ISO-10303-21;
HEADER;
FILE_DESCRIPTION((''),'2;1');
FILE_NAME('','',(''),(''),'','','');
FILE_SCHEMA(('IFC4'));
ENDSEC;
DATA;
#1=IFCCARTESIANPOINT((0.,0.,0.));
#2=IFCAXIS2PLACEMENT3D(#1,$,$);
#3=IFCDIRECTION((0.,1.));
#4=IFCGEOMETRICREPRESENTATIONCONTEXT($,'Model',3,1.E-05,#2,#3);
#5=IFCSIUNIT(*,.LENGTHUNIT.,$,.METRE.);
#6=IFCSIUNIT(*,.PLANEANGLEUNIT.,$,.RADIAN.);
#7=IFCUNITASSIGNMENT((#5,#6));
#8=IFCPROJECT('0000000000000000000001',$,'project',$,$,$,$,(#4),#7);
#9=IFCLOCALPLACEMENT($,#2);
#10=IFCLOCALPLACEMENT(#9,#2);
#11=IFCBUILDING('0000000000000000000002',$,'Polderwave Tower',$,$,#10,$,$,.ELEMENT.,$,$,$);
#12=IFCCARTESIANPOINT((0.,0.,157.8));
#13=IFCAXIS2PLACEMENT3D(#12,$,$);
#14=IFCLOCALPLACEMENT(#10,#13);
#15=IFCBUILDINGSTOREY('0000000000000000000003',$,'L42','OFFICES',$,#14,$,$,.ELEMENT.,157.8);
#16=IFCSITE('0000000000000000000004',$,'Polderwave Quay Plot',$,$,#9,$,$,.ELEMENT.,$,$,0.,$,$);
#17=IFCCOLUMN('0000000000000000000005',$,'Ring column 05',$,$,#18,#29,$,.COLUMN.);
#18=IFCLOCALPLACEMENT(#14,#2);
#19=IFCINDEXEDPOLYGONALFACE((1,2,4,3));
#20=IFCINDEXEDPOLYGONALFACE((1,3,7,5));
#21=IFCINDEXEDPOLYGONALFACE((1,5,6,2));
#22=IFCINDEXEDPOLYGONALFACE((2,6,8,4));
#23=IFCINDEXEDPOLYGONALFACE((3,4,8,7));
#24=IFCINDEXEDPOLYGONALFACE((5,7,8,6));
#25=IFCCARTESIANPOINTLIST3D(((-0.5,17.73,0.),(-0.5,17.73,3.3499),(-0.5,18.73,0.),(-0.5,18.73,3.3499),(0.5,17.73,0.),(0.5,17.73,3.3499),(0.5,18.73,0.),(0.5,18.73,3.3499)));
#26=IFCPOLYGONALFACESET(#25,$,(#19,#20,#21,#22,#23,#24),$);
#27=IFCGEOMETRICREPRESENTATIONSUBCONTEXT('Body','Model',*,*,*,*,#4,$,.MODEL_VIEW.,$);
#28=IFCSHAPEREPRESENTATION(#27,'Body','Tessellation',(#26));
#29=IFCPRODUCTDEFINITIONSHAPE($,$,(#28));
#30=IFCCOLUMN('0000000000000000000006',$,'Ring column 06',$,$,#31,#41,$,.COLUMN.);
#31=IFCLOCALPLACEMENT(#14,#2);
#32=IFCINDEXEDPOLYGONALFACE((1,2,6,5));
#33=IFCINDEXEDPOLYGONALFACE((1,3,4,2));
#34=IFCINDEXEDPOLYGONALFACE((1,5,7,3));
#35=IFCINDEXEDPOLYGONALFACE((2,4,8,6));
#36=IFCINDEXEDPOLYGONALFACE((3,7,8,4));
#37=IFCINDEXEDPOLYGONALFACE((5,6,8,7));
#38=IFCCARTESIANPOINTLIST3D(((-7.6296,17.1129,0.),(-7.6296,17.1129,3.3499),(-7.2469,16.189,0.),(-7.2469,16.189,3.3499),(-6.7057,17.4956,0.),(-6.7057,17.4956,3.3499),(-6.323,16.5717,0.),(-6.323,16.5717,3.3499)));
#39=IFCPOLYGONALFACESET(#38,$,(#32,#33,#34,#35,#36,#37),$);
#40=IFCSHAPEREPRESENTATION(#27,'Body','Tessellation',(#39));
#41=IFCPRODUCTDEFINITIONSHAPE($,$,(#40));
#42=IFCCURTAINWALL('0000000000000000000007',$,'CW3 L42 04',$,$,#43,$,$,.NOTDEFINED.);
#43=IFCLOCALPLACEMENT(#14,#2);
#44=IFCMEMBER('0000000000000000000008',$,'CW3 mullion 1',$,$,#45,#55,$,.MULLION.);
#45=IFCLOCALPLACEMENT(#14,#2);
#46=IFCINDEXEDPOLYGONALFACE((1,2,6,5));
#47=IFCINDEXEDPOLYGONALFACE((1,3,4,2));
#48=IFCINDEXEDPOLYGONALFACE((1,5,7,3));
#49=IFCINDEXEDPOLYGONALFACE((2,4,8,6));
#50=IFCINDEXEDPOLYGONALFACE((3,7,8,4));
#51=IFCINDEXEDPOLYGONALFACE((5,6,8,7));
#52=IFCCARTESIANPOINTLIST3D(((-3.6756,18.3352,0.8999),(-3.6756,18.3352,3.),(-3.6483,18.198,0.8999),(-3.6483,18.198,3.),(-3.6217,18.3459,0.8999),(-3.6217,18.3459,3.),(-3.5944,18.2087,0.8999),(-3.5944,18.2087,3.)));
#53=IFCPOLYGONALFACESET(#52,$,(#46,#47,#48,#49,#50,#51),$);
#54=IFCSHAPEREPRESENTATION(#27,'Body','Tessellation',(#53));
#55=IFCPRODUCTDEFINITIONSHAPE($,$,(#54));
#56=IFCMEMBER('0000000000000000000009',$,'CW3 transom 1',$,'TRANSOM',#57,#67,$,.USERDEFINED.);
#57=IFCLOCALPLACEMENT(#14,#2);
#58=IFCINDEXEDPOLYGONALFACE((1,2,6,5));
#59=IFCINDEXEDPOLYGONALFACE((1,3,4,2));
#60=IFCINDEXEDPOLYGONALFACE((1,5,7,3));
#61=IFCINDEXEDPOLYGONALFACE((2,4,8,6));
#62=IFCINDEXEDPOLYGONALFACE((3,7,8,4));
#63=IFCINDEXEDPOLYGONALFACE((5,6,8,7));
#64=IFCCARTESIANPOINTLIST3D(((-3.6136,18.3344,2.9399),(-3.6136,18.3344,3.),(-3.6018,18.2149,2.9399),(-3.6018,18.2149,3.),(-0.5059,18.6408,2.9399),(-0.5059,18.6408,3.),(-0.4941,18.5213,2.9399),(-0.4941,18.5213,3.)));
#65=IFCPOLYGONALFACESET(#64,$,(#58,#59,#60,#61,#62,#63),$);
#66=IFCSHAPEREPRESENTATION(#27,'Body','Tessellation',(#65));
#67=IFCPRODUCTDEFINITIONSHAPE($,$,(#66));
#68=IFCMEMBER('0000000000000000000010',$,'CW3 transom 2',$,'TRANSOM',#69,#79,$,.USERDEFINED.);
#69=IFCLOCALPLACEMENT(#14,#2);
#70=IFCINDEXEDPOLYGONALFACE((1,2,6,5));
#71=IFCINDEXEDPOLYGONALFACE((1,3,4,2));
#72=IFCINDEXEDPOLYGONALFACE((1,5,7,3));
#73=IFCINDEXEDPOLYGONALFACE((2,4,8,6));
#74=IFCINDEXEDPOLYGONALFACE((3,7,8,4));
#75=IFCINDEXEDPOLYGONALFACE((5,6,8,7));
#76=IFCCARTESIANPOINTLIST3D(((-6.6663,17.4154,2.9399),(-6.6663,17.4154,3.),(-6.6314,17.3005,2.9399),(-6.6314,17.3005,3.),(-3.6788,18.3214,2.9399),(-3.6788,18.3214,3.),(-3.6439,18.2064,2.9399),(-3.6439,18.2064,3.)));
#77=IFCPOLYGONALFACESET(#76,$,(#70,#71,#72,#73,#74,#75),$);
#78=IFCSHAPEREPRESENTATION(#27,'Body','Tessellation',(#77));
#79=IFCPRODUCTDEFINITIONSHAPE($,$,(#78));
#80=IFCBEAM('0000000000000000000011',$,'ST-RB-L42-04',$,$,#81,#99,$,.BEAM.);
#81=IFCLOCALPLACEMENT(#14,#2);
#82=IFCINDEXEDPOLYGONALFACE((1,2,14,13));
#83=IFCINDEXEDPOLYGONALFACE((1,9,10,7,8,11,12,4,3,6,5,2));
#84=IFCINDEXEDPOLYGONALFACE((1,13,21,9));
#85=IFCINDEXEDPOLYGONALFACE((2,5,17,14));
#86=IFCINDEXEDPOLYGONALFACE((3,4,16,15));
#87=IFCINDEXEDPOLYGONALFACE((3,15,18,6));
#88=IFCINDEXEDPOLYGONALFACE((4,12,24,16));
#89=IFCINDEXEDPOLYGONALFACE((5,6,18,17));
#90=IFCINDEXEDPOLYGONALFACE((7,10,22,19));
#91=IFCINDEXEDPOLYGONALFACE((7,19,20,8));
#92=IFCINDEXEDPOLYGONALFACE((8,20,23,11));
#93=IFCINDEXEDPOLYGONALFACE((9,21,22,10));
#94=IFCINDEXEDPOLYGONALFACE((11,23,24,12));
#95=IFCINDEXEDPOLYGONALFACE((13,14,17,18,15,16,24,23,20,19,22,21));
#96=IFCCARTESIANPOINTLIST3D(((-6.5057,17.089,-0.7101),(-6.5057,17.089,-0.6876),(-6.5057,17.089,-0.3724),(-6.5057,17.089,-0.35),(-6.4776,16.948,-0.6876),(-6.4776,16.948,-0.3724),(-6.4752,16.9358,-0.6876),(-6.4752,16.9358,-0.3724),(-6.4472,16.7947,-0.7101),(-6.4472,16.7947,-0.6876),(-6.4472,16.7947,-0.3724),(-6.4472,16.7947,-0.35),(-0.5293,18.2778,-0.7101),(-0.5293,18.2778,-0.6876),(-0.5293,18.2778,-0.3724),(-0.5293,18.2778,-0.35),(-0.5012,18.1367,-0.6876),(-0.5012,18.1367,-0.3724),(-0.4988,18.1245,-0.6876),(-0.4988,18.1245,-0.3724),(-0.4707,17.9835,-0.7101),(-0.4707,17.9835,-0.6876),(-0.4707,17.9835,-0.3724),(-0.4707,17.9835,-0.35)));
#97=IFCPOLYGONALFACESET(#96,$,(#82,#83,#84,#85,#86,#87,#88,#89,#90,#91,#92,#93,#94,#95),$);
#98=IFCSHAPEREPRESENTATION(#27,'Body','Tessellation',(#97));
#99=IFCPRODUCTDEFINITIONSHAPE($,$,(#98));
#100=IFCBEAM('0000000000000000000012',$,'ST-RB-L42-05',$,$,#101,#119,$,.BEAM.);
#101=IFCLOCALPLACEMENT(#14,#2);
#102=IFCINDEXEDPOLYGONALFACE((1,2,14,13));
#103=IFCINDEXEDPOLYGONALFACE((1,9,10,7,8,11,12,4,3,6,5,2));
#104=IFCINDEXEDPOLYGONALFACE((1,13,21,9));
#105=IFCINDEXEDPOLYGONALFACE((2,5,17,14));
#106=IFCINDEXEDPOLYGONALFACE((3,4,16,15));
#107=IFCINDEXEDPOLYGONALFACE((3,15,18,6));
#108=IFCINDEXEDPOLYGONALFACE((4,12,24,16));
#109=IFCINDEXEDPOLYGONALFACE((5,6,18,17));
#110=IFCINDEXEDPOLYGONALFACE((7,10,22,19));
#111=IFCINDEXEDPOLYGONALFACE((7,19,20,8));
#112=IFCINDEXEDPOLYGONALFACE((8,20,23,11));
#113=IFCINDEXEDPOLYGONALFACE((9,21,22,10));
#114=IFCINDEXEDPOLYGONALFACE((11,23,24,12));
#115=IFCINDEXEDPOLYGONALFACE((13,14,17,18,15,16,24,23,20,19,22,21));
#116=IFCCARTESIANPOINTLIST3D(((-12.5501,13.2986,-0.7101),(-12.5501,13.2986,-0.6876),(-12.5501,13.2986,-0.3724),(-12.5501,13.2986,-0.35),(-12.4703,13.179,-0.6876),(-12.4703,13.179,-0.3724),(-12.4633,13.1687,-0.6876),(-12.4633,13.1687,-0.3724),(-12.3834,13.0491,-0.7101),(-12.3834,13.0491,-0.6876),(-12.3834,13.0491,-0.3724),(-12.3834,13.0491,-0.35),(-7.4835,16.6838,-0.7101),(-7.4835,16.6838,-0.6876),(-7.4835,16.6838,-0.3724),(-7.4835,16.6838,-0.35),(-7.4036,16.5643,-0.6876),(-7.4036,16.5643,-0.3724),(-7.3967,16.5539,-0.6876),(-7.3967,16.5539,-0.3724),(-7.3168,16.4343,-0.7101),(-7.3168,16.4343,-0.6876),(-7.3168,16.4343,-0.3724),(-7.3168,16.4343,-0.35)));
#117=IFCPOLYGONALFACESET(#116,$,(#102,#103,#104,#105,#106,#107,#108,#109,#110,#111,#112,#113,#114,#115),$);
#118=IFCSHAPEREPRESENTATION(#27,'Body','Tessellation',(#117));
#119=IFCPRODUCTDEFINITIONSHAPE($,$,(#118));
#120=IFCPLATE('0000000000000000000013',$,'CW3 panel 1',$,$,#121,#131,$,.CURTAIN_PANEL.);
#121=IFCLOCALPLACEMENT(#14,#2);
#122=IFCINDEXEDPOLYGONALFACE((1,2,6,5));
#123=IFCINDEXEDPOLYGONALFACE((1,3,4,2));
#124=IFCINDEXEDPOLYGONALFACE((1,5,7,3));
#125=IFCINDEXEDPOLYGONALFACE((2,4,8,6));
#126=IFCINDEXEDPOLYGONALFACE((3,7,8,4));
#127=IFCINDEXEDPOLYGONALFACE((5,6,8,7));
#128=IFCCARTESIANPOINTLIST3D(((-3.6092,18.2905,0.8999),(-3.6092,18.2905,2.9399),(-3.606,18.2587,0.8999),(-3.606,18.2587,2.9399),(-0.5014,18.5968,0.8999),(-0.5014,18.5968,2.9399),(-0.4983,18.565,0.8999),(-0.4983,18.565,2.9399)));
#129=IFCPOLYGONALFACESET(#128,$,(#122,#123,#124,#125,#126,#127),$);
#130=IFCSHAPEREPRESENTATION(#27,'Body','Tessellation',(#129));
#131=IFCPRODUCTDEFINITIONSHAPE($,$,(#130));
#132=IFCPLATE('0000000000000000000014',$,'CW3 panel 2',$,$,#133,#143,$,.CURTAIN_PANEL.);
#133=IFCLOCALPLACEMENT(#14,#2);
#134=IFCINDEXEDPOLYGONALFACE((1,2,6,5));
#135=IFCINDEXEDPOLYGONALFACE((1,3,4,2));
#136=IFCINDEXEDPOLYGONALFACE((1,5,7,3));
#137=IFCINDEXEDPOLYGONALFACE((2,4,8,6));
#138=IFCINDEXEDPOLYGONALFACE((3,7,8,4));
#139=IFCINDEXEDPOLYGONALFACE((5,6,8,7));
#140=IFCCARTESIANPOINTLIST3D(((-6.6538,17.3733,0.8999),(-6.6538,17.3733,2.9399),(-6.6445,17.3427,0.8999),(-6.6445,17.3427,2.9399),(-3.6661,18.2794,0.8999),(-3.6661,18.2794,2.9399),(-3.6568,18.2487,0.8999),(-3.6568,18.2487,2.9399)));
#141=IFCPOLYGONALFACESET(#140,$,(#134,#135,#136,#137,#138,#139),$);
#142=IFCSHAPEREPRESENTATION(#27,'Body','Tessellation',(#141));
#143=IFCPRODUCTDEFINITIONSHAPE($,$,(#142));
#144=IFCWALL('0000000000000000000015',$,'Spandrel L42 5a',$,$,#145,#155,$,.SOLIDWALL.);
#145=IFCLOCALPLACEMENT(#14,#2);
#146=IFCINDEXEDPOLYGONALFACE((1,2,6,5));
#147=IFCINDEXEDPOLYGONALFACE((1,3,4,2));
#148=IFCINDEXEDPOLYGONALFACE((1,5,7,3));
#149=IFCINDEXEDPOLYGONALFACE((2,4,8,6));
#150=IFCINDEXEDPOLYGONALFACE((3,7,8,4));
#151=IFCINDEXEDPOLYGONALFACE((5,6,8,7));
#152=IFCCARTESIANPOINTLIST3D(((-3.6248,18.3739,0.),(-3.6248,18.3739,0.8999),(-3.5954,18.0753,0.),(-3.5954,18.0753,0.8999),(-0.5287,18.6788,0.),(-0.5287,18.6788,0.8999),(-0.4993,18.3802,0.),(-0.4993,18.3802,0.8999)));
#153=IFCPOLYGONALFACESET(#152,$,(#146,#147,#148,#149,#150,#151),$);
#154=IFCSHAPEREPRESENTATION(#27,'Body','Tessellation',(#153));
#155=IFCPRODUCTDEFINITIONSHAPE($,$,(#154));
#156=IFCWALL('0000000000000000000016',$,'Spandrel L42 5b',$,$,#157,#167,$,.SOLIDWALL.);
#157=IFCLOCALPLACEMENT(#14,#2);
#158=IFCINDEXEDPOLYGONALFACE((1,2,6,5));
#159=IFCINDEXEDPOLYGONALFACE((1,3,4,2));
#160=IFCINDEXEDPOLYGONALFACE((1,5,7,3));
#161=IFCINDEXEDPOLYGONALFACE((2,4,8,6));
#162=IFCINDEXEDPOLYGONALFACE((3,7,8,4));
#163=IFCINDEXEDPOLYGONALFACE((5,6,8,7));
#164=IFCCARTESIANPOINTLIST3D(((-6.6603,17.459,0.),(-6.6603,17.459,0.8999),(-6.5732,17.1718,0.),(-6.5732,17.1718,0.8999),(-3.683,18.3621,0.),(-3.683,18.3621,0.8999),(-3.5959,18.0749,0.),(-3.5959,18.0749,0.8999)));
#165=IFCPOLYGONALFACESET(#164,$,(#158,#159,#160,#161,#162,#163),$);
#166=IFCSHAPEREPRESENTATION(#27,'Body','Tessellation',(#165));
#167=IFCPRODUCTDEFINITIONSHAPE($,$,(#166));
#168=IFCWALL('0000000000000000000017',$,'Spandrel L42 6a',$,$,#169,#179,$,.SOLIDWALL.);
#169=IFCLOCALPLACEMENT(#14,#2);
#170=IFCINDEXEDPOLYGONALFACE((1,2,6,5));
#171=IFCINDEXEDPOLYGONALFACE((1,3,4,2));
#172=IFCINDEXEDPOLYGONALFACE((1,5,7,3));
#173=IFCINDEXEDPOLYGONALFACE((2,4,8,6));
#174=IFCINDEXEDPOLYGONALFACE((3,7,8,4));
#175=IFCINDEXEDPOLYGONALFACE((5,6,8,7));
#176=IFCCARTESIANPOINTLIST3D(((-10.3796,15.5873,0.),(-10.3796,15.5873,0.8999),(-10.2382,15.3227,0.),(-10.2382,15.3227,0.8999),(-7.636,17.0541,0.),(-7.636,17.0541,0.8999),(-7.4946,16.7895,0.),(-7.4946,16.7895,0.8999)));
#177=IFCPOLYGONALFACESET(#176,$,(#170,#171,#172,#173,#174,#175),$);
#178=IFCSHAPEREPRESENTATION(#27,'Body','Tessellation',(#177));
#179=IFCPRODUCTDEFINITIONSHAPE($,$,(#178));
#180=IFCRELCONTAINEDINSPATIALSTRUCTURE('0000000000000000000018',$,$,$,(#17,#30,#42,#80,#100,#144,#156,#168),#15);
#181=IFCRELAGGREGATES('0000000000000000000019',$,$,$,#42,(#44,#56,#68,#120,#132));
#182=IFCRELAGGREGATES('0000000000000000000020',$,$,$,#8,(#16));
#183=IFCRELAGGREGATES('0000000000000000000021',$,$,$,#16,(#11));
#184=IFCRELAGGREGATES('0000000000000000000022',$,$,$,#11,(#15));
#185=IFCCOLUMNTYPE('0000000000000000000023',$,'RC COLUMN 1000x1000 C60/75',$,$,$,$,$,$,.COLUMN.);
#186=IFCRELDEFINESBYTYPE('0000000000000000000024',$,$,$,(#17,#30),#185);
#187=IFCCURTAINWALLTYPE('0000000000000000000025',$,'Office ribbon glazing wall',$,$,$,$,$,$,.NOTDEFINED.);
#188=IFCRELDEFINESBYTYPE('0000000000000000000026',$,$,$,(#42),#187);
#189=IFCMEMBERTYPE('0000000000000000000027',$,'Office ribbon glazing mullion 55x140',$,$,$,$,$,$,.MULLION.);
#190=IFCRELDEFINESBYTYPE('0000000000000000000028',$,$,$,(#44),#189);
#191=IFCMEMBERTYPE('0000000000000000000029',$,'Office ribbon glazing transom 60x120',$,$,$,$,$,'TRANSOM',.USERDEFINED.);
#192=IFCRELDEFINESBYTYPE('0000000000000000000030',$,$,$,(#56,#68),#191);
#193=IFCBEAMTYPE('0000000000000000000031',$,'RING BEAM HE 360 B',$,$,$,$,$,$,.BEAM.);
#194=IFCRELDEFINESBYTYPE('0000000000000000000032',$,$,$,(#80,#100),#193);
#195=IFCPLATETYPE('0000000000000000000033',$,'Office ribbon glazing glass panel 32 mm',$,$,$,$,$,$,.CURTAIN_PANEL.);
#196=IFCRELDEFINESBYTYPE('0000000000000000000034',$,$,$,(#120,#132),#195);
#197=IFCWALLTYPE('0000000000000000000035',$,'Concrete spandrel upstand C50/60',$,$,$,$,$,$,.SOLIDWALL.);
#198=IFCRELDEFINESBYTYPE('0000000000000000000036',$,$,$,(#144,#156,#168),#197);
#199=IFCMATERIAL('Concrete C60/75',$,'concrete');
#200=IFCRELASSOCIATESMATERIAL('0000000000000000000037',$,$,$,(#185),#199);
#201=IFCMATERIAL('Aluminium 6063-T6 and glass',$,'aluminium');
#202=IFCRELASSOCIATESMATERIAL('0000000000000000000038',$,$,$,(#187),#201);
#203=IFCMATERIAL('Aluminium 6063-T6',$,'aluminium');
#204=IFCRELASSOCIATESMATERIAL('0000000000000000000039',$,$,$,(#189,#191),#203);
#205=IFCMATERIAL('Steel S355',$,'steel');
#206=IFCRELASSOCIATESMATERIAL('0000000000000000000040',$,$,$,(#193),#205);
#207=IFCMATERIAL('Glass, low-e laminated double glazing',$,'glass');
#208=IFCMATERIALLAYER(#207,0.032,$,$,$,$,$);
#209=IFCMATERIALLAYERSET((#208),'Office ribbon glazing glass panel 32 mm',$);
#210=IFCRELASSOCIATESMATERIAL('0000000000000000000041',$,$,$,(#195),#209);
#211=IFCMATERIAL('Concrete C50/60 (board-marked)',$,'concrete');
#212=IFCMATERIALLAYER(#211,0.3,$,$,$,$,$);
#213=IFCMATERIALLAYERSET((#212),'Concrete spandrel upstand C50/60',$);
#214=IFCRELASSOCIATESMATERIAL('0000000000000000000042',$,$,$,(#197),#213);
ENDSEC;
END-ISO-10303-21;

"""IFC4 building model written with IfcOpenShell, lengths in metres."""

from ifc_helpers import new_model, si_unit, direction, frame, frame_2d, origin, origin_2d, place, context, subcontext, project, spatial, rectangle, i_section, extrude, material, layer, layer_set, material_profile, profile_set, type_object, element, aggregate, save


model = new_model("IFC4")

# Units and contexts
model_context = context("Model", 3, precision=1e-05, world=origin(), true_north=direction((0.0, 1.0)))
body_context = subcontext(model_context, "Body", "Model", "MODEL_VIEW")
ifc_project = project(units=[si_unit("LENGTHUNIT", "METRE"), si_unit("PLANEANGLEUNIT", "RADIAN")], contexts=[model_context])

# Site, building, storey
site_placement = place(None, origin())
site = spatial("IfcSite", under=ifc_project, at=site_placement, Name="Polderwave Quay Plot", CompositionType="ELEMENT", RefElevation=0.0)
building_placement = place(site_placement, origin())
building = spatial("IfcBuilding", under=site, at=building_placement, Name="Polderwave Tower", CompositionType="ELEMENT")
storey_placement = place(building_placement, frame((0.0, 0.0, 157.8)))
storey = spatial("IfcBuildingStorey", under=building, at=storey_placement, Name="L42", Description="OFFICES", CompositionType="ELEMENT", Elevation=157.8)

# Columns
ifc_material_1 = material(Name="Concrete C60/75", Category="concrete")
ifc_material_profile_1 = material_profile(ifc_material_1, rectangle(XDim=1.0, YDim=1.0, at=origin_2d()), Name="RC 1000x1000")
ifc_profile_set_1 = profile_set([ifc_material_profile_1], Name="Concrete C60/75")
column_type = type_object("IfcColumnType", Name="RC COLUMN 1000x1000 C60/75", PredefinedType="COLUMN", material=ifc_profile_set_1)
for number, where, z_axis, x_axis, name in (
    (1, (0.0, 18.23, 0.0), (0.0, 0.0, 1.0), (0.0, 1.0, 0.0), "Ring column 05"),
    (2, (-6.9763, 16.8423, 0.0), (0.0, 0.0, 1.0), (-0.382683, 0.92388, 0.0), "Ring column 06"),
):
    element("IfcColumn", number, at=place(storey_placement, frame(where, z_axis=z_axis, x_axis=x_axis)), inside=storey, type_object=column_type, Name=name, PredefinedType="COLUMN", context=body_context, shape_type="SweptSolid", body=[
        extrude(rectangle(XDim=1.0, YDim=1.0, at=origin_2d()), origin(), (0.0, 0.0, 1.0), 3.3499),
    ])

# Curtain wall, members
ifc_material_2 = material(Name="Aluminium 6063-T6 and glass", Category="aluminium")
curtain_wall_type = type_object("IfcCurtainWallType", Name="Office ribbon glazing wall", PredefinedType="NOTDEFINED", material=ifc_material_2)
curtain_wall_placement = place(storey_placement, origin())
curtain_wall = element("IfcCurtainWall", 3, at=curtain_wall_placement, inside=storey, type_object=curtain_wall_type, Name="CW3 L42 04", PredefinedType="NOTDEFINED")
ifc_material_3 = material(Name="Aluminium 6063-T6", Category="aluminium")
ifc_material_profile_2 = material_profile(ifc_material_3, rectangle(XDim=0.1399, YDim=0.0549, at=origin_2d()), Name="AL 55x140")
ifc_profile_set_2 = profile_set([ifc_material_profile_2], Name="Aluminium 6063-T6")
member_type_1 = type_object("IfcMemberType", Name="Office ribbon glazing mullion 55x140", PredefinedType="MULLION", material=ifc_profile_set_2)
member_1_placement = place(storey_placement, frame((-3.635, 18.272, 0.8999), z_axis=(0.0, 0.0, 1.0), x_axis=(0.195083, -0.980787, 0.0)))
member_1 = element("IfcMember", 4, at=member_1_placement, type_object=member_type_1, Name="CW3 mullion 1", PredefinedType="MULLION", context=body_context, shape_type="SweptSolid", body=[
    extrude(rectangle(XDim=0.1399, YDim=0.0549, at=origin_2d()), origin(), (0.0, 0.0, 1.0), 2.1001),
])
ifc_material_profile_3 = material_profile(ifc_material_3, rectangle(XDim=0.1201, YDim=0.0601, at=origin_2d()), Name="AL 60x120")
ifc_profile_set_3 = profile_set([ifc_material_profile_3], Name="Aluminium 6063-T6")
member_type_2 = type_object("IfcMemberType", Name="Office ribbon glazing transom 60x120", ElementType="TRANSOM", PredefinedType="USERDEFINED", material=ifc_profile_set_3)
member_2_placement = place(storey_placement, frame((-0.5, 18.5811, 2.97), z_axis=(-0.995175, -0.098118, 0.0), x_axis=(0.098118, -0.995175, 0.0)))
member_2 = element("IfcMember", 5, at=member_2_placement, type_object=member_type_2, Name="CW3 transom 1", ObjectType="TRANSOM", PredefinedType="USERDEFINED", context=body_context, shape_type="SweptSolid", body=[
    extrude(rectangle(XDim=0.1201, YDim=0.0601, at=origin_2d()), origin(), (0.0, 0.0, 1.0), 3.1228),
])
member_3_placement = place(storey_placement, frame((-3.6614, 18.2639, 2.97), z_axis=(-0.956963, -0.290209, 0.0), x_axis=(0.290209, -0.956963, 0.0)))
member_3 = element("IfcMember", 6, at=member_3_placement, type_object=member_type_2, Name="CW3 transom 2", ObjectType="TRANSOM", PredefinedType="USERDEFINED", context=body_context, shape_type="SweptSolid", body=[
    extrude(rectangle(XDim=0.1201, YDim=0.0601, at=origin_2d()), origin(), (0.0, 0.0, 1.0), 3.1218),
])

# Beams
ifc_material_4 = material(Name="Steel S355", Category="steel")
ifc_material_profile_4 = material_profile(ifc_material_4, i_section(OverallWidth=0.3, OverallDepth=0.3601, WebThickness=0.0125, FlangeThickness=0.0225, at=origin_2d()), Name="HE 360 B")
ifc_profile_set_4 = profile_set([ifc_material_profile_4], Name="Steel S355")
beam_type = type_object("IfcBeamType", Name="RING BEAM HE 360 B", PredefinedType="BEAM", material=ifc_profile_set_4)
for number, where, z_axis, x_axis, name in (
    (7, (-0.5, 18.1306, -0.53), (-0.980787, -0.195084, 0.0), (0.195084, -0.980787, 0.0), "ST-RB-L42-04"),
    (8, (-7.4001, 16.5591, -0.53), (-0.831483, -0.555551, 0.0), (0.555551, -0.831483, 0.0), "ST-RB-L42-05"),
):
    element("IfcBeam", number, at=place(storey_placement, frame(where, z_axis=z_axis, x_axis=x_axis)), inside=storey, type_object=beam_type, Name=name, PredefinedType="BEAM", context=body_context, shape_type="SweptSolid", body=[
        extrude(i_section(OverallWidth=0.3, OverallDepth=0.3601, WebThickness=0.0125, FlangeThickness=0.0225, at=origin_2d()), origin(), (0.0, 0.0, 1.0), 6.0935),
    ])

# Plates
ifc_material_5 = material(Name="Glass, low-e laminated double glazing", Category="glass")
ifc_layer_1 = layer(ifc_material_5, 0.032)
ifc_layer_set_1 = layer_set([ifc_layer_1], Name="Office ribbon glazing glass panel 32 mm")
plate_type = type_object("IfcPlateType", Name="Office ribbon glazing glass panel 32 mm", PredefinedType="CURTAIN_PANEL", material=ifc_layer_set_1)
plate_1_placement = place(storey_placement, frame((-2.0537, 18.4277, 0.8999), z_axis=(0.0, 0.0, 1.0), x_axis=(-0.995178, -0.09809, 0.0)))
plate_1 = element("IfcPlate", 9, at=plate_1_placement, type_object=plate_type, Name="CW3 panel 1", PredefinedType="CURTAIN_PANEL", context=body_context, shape_type="SweptSolid", body=[
    extrude(rectangle(XDim=3.1228, YDim=0.032, at=origin_2d()), origin(), (0.0, 0.0, 1.0), 2.04),
])
plate_2_placement = place(storey_placement, frame((-5.1553, 17.811, 0.8999), z_axis=(0.0, 0.0, 1.0), x_axis=(-0.956966, -0.290201, 0.0)))
plate_2 = element("IfcPlate", 10, at=plate_2_placement, type_object=plate_type, Name="CW3 panel 2", PredefinedType="CURTAIN_PANEL", context=body_context, shape_type="SweptSolid", body=[
    extrude(rectangle(XDim=3.1221, YDim=0.032, at=origin_2d()), origin(), (0.0, 0.0, 1.0), 2.04),
])
aggregate(curtain_wall, [member_1, member_2, member_3, plate_1, plate_2])

# Walls
ifc_material_6 = material(Name="Concrete C50/60 (board-marked)", Category="concrete")
ifc_layer_2 = layer(ifc_material_6, 0.3)
ifc_layer_set_2 = layer_set([ifc_layer_2], Name="Concrete spandrel upstand C50/60")
wall_type_1 = type_object("IfcWallType", Name="Concrete spandrel upstand C50/60", PredefinedType="SOLIDWALL", material=ifc_layer_set_2)
wall_1_placement = place(storey_placement, frame((-0.5139, 18.5295, 0.0), z_axis=(0.0, 0.0, 1.0), x_axis=(-0.995185, -0.098012, 0.0)))
element("IfcWall", 11, at=wall_1_placement, inside=storey, type_object=wall_type_1, Name="Spandrel L42 5a", PredefinedType="SOLIDWALL", context=body_context, shape_type="SweptSolid", body=[
    extrude(rectangle(XDim=3.1111, YDim=0.3, at=frame_2d((1.5557, 0.0))), origin(), (0.0, 0.0, 1.0), 0.8999),
])
wall_2_placement = place(storey_placement, frame((-3.6394, 18.2185, 0.0), z_axis=(0.0, 0.0, 1.0), x_axis=(-0.956947, -0.290262, 0.0)))
element("IfcWall", 12, at=wall_2_placement, inside=storey, type_object=wall_type_1, Name="Spandrel L42 5b", PredefinedType="SOLIDWALL", context=body_context, shape_type="SweptSolid", body=[
    extrude(rectangle(XDim=3.1113, YDim=0.3, at=frame_2d((1.5557, 0.0))), origin(), (0.0, 0.0, 1.0), 0.8999),
])
wall_3_placement = place(storey_placement, frame((-7.5652, 16.9219, 0.0), z_axis=(0.0, 0.0, 1.0), x_axis=(-0.881883, -0.471468, 0.0)))
element("IfcWall", 13, at=wall_3_placement, inside=storey, type_object=wall_type_1, Name="Spandrel L42 6a", PredefinedType="SOLIDWALL", context=body_context, shape_type="SweptSolid", body=[
    extrude(rectangle(XDim=3.1111, YDim=0.3, at=frame_2d((1.5557, 0.0))), origin(), (0.0, 0.0, 1.0), 0.8999),
])

save(model, "model.ifc")
